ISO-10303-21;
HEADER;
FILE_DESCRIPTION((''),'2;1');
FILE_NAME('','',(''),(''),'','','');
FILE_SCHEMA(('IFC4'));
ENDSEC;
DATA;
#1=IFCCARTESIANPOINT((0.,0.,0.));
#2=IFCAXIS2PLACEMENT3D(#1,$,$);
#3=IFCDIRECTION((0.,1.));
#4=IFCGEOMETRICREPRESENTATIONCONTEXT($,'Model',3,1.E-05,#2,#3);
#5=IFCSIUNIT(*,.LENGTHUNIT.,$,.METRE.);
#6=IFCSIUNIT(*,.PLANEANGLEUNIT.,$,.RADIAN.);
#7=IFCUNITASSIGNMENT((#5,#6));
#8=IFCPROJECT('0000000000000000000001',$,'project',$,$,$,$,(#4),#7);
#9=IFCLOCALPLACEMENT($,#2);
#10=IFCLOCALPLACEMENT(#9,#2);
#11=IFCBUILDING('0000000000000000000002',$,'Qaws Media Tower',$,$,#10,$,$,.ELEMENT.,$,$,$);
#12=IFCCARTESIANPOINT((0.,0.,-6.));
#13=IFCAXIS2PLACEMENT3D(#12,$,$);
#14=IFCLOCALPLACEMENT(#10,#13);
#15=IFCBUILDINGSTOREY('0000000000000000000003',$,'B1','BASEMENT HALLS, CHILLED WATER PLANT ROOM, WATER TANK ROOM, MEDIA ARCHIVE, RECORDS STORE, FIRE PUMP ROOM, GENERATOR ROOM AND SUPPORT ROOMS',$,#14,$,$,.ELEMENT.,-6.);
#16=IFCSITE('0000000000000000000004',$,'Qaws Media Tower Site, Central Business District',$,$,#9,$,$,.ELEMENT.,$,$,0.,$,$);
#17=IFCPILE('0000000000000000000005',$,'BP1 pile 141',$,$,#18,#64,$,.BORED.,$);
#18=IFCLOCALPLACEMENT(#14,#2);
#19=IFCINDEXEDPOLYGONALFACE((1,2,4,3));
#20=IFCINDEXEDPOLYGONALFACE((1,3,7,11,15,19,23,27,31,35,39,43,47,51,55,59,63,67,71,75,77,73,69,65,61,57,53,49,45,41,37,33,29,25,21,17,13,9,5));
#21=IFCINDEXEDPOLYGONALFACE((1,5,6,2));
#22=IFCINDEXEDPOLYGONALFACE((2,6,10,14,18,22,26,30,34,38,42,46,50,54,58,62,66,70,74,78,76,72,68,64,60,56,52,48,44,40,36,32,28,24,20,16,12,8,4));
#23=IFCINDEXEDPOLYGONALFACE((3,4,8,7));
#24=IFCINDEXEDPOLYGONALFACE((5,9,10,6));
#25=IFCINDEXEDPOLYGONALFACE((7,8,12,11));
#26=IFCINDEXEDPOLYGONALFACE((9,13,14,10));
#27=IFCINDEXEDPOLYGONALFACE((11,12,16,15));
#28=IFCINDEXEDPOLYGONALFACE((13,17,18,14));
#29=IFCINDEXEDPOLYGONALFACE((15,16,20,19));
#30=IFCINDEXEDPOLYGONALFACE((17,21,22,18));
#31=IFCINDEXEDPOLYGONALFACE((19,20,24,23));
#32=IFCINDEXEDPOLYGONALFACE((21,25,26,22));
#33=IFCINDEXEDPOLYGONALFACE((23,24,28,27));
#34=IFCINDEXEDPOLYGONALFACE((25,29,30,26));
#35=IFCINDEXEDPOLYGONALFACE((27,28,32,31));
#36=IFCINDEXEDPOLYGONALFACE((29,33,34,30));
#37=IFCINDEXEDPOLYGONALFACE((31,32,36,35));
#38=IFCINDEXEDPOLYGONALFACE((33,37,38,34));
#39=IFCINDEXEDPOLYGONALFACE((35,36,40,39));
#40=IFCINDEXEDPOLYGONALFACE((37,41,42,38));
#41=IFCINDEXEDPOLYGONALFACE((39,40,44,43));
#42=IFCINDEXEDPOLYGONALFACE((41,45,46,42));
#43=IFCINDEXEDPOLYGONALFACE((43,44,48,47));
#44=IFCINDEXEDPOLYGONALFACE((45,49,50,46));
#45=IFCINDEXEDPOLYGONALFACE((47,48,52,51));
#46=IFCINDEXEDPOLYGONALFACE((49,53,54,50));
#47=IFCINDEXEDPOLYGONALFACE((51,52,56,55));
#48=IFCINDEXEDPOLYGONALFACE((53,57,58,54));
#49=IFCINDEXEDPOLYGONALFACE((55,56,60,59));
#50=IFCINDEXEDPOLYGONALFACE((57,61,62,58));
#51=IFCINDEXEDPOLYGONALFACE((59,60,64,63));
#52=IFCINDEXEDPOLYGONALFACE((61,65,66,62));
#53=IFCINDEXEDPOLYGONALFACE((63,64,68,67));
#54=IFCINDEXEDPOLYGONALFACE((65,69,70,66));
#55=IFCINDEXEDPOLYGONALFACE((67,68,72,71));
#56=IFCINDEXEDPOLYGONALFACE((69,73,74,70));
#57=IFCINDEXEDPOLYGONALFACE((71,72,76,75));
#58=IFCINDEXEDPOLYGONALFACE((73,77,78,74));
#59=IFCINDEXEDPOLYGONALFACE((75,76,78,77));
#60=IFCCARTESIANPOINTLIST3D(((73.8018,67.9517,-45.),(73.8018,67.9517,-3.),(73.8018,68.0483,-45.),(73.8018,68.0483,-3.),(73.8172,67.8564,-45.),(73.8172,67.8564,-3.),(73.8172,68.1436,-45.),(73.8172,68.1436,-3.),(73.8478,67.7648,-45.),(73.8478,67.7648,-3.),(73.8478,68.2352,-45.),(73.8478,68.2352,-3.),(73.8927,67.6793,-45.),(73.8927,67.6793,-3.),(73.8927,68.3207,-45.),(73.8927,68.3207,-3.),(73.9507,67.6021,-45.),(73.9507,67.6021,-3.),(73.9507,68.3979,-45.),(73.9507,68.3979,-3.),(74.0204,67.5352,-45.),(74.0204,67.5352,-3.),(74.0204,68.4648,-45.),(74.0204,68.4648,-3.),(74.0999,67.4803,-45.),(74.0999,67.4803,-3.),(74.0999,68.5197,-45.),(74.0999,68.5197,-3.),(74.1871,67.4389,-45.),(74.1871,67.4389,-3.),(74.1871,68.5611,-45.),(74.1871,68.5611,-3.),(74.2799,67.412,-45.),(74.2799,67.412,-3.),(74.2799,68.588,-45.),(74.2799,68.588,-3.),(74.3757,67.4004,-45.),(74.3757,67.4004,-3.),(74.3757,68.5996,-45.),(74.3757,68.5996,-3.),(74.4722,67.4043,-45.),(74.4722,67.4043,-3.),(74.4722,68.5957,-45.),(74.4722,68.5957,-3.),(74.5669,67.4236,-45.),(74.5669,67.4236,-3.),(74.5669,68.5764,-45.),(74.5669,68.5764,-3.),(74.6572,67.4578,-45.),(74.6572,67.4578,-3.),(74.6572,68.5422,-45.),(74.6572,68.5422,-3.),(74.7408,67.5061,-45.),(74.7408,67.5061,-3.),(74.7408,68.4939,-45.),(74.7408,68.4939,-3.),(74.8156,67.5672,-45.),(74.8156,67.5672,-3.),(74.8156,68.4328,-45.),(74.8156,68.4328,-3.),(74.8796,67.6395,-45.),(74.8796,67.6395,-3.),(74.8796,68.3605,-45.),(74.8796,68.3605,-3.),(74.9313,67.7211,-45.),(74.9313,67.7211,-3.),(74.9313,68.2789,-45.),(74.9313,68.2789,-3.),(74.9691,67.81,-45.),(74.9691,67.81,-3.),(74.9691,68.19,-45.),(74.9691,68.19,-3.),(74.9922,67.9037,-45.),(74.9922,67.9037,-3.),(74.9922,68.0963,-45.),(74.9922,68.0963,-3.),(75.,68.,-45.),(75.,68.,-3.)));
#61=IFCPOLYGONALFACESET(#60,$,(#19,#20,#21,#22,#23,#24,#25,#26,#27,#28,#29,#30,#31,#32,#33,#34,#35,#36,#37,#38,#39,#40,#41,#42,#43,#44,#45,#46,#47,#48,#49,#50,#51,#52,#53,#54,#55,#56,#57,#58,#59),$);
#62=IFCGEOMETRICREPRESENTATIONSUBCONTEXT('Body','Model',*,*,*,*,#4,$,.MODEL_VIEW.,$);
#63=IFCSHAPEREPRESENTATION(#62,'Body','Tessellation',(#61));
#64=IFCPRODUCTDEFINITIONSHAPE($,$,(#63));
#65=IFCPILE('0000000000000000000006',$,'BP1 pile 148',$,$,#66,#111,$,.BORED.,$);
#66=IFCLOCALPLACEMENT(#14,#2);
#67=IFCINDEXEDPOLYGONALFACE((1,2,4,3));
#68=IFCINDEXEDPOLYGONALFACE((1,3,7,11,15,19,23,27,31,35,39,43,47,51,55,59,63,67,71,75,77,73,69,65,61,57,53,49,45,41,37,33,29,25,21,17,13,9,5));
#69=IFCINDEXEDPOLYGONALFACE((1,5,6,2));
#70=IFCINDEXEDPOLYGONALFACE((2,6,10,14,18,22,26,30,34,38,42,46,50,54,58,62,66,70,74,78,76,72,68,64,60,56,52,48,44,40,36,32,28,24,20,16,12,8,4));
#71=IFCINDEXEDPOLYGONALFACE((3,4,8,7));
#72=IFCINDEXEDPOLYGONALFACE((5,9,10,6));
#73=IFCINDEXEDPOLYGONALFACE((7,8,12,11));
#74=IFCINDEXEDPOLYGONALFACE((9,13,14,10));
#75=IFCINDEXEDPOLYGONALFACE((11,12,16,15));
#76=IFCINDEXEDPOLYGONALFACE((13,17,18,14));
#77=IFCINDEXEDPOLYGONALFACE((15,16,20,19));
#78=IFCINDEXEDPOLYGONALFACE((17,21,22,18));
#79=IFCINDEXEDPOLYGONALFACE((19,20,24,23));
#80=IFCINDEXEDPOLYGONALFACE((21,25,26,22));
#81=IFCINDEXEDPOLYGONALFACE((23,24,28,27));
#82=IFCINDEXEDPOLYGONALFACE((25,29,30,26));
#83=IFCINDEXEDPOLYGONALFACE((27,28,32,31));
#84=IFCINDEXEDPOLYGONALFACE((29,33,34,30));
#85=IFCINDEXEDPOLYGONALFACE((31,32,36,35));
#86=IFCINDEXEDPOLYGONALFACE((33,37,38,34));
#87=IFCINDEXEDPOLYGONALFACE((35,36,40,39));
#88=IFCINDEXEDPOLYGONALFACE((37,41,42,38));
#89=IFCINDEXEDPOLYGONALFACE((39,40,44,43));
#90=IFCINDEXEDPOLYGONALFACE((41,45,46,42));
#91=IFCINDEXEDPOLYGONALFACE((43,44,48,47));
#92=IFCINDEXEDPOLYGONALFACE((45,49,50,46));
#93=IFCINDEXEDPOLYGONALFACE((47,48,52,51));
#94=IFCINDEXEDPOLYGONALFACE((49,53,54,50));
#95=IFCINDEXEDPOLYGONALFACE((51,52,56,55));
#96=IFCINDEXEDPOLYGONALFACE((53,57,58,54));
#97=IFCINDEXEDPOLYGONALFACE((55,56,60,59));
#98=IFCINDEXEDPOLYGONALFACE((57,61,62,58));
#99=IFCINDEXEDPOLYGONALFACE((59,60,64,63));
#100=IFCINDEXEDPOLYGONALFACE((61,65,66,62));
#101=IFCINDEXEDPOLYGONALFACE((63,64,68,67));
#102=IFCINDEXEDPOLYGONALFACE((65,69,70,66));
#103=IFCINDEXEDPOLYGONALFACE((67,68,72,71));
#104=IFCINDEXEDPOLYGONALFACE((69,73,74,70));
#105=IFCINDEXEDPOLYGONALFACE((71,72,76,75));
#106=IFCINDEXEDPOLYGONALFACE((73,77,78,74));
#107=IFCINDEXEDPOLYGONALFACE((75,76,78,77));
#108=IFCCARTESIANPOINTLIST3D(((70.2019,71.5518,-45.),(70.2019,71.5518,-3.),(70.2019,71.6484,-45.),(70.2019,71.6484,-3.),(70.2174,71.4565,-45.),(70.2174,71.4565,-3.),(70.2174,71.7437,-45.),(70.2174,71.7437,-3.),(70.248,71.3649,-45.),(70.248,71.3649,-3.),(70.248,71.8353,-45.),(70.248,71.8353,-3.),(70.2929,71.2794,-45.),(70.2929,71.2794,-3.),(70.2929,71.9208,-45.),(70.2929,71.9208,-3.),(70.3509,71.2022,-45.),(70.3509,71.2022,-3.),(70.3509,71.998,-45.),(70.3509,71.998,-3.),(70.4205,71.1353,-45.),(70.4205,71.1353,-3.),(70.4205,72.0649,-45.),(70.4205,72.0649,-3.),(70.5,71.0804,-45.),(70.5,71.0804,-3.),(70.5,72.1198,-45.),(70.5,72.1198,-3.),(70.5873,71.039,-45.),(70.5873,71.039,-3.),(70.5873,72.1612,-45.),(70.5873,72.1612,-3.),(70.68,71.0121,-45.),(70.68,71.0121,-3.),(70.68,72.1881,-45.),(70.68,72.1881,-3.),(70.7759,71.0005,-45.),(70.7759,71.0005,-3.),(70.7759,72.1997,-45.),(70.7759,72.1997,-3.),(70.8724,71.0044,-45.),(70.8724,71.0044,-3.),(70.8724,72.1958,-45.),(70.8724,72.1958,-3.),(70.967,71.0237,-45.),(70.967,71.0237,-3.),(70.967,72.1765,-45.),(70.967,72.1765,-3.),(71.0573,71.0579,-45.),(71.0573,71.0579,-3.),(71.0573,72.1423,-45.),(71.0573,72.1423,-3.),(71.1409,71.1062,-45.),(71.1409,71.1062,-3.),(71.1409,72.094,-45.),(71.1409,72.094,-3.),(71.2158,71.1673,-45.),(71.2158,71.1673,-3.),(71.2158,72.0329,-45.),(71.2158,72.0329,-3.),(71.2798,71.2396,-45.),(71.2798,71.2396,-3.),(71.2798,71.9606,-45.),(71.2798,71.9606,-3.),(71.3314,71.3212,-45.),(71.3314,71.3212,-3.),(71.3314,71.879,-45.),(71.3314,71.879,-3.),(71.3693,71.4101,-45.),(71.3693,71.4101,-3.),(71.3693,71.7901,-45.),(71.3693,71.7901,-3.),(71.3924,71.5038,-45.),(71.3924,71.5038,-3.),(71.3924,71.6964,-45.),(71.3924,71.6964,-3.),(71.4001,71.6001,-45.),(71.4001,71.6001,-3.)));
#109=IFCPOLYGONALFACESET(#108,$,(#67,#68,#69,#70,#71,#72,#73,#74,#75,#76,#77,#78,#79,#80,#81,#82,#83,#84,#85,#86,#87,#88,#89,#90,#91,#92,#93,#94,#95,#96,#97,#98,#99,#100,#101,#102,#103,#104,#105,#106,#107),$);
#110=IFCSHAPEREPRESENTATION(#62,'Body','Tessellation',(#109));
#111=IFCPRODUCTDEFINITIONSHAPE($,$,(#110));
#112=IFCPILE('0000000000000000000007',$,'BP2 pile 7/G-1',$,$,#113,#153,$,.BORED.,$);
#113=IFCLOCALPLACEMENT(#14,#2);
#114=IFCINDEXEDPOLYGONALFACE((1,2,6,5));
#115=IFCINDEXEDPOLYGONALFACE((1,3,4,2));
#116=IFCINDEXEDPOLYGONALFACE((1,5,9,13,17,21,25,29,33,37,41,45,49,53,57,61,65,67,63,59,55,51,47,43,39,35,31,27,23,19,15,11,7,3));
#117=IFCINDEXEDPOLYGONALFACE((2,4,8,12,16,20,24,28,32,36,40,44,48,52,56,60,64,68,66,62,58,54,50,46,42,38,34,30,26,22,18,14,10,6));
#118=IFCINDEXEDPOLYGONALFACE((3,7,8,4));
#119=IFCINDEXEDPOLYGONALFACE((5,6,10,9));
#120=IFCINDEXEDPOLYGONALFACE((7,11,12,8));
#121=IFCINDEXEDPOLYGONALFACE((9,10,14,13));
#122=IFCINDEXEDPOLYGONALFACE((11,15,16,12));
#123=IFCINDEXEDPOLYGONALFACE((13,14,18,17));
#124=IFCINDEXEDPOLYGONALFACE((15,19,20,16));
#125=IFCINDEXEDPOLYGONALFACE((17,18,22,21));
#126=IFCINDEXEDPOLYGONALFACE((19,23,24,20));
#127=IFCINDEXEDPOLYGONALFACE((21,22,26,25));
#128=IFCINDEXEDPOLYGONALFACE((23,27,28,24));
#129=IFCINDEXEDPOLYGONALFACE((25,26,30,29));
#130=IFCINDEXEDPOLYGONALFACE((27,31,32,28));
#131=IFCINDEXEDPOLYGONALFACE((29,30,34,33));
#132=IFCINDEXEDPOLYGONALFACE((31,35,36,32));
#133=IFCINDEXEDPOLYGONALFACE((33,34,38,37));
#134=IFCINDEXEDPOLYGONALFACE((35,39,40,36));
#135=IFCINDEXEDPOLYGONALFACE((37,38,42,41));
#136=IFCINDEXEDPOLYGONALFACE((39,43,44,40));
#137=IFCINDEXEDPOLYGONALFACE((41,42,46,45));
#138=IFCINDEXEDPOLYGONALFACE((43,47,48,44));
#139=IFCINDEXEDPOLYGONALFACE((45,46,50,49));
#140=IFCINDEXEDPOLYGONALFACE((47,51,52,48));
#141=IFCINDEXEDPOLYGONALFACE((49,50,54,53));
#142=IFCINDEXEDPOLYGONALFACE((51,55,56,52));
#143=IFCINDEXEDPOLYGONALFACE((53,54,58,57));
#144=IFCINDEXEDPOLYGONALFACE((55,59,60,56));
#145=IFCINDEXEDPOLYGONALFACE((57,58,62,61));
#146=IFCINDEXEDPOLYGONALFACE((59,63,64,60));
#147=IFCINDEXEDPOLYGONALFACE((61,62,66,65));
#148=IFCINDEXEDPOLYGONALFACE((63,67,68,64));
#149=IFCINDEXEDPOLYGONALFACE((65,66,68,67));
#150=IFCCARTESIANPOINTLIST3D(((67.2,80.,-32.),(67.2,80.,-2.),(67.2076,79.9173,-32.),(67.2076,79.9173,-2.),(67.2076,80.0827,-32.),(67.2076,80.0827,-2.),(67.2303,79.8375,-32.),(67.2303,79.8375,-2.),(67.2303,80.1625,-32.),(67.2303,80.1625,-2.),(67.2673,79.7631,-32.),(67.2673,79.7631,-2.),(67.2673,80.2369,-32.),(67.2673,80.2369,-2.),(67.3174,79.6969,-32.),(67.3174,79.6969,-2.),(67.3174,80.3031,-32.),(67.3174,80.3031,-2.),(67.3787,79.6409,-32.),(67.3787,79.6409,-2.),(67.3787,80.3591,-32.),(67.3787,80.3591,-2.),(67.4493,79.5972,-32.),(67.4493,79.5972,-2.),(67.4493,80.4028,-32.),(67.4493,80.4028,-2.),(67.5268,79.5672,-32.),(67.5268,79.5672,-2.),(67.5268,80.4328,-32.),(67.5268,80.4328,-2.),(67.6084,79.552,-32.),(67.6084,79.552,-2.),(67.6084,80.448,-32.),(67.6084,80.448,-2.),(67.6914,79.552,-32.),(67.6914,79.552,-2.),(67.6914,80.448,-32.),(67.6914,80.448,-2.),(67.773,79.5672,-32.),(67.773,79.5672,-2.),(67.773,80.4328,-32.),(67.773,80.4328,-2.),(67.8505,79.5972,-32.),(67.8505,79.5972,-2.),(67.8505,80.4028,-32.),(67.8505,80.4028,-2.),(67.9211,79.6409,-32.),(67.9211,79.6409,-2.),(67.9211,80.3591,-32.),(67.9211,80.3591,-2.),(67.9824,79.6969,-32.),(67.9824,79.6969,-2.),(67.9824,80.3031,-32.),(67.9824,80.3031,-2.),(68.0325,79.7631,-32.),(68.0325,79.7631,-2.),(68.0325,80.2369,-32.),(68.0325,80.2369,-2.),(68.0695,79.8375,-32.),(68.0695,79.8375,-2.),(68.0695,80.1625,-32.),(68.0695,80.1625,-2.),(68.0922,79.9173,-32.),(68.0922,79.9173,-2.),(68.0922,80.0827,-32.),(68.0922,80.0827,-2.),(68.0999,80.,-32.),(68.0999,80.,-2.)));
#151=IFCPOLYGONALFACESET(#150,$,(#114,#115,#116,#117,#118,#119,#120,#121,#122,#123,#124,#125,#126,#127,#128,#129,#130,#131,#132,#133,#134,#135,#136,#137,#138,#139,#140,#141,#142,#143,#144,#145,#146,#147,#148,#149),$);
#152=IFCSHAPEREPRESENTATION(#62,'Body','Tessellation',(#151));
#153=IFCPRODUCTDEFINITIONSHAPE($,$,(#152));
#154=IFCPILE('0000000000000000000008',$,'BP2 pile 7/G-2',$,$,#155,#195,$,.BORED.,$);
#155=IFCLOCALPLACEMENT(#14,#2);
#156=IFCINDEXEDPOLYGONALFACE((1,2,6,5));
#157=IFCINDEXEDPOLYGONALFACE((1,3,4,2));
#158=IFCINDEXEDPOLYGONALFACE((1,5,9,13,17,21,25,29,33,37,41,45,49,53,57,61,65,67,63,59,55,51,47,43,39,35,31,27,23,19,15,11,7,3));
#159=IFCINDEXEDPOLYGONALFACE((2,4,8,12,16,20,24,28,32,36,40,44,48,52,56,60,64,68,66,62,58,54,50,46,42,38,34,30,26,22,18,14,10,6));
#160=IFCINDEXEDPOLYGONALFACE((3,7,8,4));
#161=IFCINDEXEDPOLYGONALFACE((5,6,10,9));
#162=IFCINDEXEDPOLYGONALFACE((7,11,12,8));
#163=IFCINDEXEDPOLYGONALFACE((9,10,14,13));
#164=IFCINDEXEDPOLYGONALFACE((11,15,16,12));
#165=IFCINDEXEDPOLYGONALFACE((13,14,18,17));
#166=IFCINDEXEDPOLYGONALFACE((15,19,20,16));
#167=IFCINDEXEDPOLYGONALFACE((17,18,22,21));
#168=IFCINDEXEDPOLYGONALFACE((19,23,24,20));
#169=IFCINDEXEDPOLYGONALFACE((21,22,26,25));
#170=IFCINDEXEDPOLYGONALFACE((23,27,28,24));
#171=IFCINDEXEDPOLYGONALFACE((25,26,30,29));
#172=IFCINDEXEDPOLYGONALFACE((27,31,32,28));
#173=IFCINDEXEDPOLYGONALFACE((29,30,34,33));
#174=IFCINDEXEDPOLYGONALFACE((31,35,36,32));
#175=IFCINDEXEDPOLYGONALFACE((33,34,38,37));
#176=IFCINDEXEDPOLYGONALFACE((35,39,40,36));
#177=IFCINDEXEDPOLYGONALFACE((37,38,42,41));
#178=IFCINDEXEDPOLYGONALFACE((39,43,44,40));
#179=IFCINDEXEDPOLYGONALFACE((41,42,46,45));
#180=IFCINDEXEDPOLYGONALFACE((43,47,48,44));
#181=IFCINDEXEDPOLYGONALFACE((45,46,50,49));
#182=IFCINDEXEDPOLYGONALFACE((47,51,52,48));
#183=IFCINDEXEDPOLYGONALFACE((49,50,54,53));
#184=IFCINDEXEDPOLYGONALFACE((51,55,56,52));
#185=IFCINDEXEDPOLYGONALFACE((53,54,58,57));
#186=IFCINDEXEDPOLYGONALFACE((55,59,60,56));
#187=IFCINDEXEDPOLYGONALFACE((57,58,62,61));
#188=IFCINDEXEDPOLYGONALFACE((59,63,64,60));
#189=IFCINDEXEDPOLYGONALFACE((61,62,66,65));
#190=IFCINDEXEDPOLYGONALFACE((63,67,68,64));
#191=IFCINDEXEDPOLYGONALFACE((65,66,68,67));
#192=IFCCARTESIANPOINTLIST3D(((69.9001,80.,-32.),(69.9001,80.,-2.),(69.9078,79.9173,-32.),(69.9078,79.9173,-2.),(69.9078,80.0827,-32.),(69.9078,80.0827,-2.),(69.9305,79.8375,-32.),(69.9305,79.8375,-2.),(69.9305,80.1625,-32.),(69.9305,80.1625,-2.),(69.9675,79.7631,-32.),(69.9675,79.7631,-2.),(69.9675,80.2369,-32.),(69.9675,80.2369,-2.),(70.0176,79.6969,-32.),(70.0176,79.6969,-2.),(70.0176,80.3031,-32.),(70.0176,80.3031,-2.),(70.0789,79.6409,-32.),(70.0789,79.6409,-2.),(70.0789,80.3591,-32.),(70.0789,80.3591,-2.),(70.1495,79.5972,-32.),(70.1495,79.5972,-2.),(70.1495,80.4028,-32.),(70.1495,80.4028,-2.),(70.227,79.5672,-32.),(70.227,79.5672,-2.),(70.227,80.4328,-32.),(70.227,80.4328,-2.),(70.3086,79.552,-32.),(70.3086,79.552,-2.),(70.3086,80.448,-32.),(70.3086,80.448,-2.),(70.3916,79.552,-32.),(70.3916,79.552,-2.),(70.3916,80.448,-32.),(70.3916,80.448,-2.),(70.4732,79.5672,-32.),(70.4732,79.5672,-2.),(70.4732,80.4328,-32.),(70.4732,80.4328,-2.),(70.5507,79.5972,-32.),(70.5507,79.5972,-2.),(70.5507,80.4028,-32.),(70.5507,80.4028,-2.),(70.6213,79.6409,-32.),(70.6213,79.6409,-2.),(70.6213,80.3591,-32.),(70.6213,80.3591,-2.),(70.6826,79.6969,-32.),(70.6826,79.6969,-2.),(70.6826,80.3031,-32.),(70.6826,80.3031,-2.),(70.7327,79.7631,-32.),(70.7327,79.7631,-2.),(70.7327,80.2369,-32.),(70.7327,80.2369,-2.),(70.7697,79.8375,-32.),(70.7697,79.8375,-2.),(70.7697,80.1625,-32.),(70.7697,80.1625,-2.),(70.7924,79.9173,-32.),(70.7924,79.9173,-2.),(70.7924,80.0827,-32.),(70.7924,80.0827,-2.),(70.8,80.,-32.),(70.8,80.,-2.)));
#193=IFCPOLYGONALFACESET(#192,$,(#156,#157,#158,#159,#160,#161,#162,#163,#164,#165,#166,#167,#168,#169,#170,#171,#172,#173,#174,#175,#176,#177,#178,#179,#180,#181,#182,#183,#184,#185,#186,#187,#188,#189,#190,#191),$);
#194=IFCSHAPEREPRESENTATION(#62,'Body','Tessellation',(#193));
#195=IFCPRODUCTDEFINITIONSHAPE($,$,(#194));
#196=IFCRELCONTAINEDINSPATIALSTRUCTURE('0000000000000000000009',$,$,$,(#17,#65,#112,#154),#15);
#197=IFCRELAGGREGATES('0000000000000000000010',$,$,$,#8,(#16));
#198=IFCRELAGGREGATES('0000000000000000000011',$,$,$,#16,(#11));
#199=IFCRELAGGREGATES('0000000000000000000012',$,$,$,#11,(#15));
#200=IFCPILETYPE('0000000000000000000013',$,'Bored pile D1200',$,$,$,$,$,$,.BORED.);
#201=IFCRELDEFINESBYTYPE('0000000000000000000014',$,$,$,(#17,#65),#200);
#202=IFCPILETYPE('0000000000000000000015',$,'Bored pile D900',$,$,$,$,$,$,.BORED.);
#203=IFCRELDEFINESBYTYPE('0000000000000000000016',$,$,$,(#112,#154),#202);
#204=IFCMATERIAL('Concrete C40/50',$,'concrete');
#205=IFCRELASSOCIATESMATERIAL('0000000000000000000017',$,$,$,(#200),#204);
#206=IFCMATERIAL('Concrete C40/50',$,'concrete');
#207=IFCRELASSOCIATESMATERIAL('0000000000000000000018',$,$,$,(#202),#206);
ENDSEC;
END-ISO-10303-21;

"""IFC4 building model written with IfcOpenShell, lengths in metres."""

from ifc_helpers import new_model, si_unit, direction, frame, origin, origin_2d, place, context, subcontext, project, spatial, circle, extrude, material, material_profile, profile_set, type_object, element, save


model = new_model("IFC4")

# Units and contexts
model_context = context("Model", 3, precision=1e-05, world=origin(), true_north=direction((0.0, 1.0)))
body_context = subcontext(model_context, "Body", "Model", "MODEL_VIEW")
ifc_project = project(units=[si_unit("LENGTHUNIT", "METRE"), si_unit("PLANEANGLEUNIT", "RADIAN")], contexts=[model_context])

# Site, building, storey
site_placement = place(None, origin())
site = spatial("IfcSite", under=ifc_project, at=site_placement, Name="Qaws Media Tower Site, Central Business District", CompositionType="ELEMENT", RefElevation=0.0)
building_placement = place(site_placement, origin())
building = spatial("IfcBuilding", under=site, at=building_placement, Name="Qaws Media Tower", CompositionType="ELEMENT")
storey_placement = place(building_placement, frame((0.0, 0.0, -6.0)))
storey = spatial("IfcBuildingStorey", under=building, at=storey_placement, Name="B1", Description="BASEMENT HALLS, CHILLED WATER PLANT ROOM, WATER TANK ROOM, MEDIA ARCHIVE, RECORDS STORE, FIRE PUMP ROOM, GENERATOR ROOM AND SUPPORT ROOMS", CompositionType="ELEMENT", Elevation=-6.0)

# Piles
ifc_material_1 = material(Name="Concrete C40/50", Category="concrete")
ifc_material_profile_1 = material_profile(ifc_material_1, circle(Radius=0.6001, at=origin_2d()), Name="D1200")
ifc_profile_set_1 = profile_set([ifc_material_profile_1], Name="Concrete C40/50")
pile_type_1 = type_object("IfcPileType", Name="Bored pile D1200", PredefinedType="BORED", material=ifc_profile_set_1)
for number, where, z_axis, x_axis, name in (
    (1, (74.3999, 68.0, -3.0), (0.0, 0.0, -1.0), (1.0, 0.0, 0.0), "BP1 pile 141"),
    (2, (70.8, 71.6001, -3.0), (0.0, 0.0, -1.0), (1.0, 0.0, 0.0), "BP1 pile 148"),
):
    element("IfcPile", number, at=place(storey_placement, frame(where, z_axis=z_axis, x_axis=x_axis)), inside=storey, type_object=pile_type_1, Name=name, PredefinedType="BORED", context=body_context, shape_type="SweptSolid", body=[
        extrude(circle(Radius=0.6001, at=origin_2d()), origin(), (0.0, 0.0, 1.0), 42.0),
    ])
ifc_material_2 = material(Name="Concrete C40/50", Category="concrete")
ifc_material_profile_2 = material_profile(ifc_material_2, circle(Radius=0.45, at=origin_2d()), Name="D900")
ifc_profile_set_2 = profile_set([ifc_material_profile_2], Name="Concrete C40/50")
pile_type_2 = type_object("IfcPileType", Name="Bored pile D900", PredefinedType="BORED", material=ifc_profile_set_2)
for number, where, z_axis, x_axis, name in (
    (3, (67.6499, 80.0, -2.0), (0.0, 0.0, -1.0), (1.0, 0.0, 0.0), "BP2 pile 7/G-1"),
    (4, (70.3501, 80.0, -2.0), (0.0, 0.0, -1.0), (1.0, 0.0, 0.0), "BP2 pile 7/G-2"),
):
    element("IfcPile", number, at=place(storey_placement, frame(where, z_axis=z_axis, x_axis=x_axis)), inside=storey, type_object=pile_type_2, Name=name, PredefinedType="BORED", context=body_context, shape_type="SweptSolid", body=[
        extrude(circle(Radius=0.45, at=origin_2d()), origin(), (0.0, 0.0, 1.0), 30.0),
    ])

save(model, "model.ifc")
